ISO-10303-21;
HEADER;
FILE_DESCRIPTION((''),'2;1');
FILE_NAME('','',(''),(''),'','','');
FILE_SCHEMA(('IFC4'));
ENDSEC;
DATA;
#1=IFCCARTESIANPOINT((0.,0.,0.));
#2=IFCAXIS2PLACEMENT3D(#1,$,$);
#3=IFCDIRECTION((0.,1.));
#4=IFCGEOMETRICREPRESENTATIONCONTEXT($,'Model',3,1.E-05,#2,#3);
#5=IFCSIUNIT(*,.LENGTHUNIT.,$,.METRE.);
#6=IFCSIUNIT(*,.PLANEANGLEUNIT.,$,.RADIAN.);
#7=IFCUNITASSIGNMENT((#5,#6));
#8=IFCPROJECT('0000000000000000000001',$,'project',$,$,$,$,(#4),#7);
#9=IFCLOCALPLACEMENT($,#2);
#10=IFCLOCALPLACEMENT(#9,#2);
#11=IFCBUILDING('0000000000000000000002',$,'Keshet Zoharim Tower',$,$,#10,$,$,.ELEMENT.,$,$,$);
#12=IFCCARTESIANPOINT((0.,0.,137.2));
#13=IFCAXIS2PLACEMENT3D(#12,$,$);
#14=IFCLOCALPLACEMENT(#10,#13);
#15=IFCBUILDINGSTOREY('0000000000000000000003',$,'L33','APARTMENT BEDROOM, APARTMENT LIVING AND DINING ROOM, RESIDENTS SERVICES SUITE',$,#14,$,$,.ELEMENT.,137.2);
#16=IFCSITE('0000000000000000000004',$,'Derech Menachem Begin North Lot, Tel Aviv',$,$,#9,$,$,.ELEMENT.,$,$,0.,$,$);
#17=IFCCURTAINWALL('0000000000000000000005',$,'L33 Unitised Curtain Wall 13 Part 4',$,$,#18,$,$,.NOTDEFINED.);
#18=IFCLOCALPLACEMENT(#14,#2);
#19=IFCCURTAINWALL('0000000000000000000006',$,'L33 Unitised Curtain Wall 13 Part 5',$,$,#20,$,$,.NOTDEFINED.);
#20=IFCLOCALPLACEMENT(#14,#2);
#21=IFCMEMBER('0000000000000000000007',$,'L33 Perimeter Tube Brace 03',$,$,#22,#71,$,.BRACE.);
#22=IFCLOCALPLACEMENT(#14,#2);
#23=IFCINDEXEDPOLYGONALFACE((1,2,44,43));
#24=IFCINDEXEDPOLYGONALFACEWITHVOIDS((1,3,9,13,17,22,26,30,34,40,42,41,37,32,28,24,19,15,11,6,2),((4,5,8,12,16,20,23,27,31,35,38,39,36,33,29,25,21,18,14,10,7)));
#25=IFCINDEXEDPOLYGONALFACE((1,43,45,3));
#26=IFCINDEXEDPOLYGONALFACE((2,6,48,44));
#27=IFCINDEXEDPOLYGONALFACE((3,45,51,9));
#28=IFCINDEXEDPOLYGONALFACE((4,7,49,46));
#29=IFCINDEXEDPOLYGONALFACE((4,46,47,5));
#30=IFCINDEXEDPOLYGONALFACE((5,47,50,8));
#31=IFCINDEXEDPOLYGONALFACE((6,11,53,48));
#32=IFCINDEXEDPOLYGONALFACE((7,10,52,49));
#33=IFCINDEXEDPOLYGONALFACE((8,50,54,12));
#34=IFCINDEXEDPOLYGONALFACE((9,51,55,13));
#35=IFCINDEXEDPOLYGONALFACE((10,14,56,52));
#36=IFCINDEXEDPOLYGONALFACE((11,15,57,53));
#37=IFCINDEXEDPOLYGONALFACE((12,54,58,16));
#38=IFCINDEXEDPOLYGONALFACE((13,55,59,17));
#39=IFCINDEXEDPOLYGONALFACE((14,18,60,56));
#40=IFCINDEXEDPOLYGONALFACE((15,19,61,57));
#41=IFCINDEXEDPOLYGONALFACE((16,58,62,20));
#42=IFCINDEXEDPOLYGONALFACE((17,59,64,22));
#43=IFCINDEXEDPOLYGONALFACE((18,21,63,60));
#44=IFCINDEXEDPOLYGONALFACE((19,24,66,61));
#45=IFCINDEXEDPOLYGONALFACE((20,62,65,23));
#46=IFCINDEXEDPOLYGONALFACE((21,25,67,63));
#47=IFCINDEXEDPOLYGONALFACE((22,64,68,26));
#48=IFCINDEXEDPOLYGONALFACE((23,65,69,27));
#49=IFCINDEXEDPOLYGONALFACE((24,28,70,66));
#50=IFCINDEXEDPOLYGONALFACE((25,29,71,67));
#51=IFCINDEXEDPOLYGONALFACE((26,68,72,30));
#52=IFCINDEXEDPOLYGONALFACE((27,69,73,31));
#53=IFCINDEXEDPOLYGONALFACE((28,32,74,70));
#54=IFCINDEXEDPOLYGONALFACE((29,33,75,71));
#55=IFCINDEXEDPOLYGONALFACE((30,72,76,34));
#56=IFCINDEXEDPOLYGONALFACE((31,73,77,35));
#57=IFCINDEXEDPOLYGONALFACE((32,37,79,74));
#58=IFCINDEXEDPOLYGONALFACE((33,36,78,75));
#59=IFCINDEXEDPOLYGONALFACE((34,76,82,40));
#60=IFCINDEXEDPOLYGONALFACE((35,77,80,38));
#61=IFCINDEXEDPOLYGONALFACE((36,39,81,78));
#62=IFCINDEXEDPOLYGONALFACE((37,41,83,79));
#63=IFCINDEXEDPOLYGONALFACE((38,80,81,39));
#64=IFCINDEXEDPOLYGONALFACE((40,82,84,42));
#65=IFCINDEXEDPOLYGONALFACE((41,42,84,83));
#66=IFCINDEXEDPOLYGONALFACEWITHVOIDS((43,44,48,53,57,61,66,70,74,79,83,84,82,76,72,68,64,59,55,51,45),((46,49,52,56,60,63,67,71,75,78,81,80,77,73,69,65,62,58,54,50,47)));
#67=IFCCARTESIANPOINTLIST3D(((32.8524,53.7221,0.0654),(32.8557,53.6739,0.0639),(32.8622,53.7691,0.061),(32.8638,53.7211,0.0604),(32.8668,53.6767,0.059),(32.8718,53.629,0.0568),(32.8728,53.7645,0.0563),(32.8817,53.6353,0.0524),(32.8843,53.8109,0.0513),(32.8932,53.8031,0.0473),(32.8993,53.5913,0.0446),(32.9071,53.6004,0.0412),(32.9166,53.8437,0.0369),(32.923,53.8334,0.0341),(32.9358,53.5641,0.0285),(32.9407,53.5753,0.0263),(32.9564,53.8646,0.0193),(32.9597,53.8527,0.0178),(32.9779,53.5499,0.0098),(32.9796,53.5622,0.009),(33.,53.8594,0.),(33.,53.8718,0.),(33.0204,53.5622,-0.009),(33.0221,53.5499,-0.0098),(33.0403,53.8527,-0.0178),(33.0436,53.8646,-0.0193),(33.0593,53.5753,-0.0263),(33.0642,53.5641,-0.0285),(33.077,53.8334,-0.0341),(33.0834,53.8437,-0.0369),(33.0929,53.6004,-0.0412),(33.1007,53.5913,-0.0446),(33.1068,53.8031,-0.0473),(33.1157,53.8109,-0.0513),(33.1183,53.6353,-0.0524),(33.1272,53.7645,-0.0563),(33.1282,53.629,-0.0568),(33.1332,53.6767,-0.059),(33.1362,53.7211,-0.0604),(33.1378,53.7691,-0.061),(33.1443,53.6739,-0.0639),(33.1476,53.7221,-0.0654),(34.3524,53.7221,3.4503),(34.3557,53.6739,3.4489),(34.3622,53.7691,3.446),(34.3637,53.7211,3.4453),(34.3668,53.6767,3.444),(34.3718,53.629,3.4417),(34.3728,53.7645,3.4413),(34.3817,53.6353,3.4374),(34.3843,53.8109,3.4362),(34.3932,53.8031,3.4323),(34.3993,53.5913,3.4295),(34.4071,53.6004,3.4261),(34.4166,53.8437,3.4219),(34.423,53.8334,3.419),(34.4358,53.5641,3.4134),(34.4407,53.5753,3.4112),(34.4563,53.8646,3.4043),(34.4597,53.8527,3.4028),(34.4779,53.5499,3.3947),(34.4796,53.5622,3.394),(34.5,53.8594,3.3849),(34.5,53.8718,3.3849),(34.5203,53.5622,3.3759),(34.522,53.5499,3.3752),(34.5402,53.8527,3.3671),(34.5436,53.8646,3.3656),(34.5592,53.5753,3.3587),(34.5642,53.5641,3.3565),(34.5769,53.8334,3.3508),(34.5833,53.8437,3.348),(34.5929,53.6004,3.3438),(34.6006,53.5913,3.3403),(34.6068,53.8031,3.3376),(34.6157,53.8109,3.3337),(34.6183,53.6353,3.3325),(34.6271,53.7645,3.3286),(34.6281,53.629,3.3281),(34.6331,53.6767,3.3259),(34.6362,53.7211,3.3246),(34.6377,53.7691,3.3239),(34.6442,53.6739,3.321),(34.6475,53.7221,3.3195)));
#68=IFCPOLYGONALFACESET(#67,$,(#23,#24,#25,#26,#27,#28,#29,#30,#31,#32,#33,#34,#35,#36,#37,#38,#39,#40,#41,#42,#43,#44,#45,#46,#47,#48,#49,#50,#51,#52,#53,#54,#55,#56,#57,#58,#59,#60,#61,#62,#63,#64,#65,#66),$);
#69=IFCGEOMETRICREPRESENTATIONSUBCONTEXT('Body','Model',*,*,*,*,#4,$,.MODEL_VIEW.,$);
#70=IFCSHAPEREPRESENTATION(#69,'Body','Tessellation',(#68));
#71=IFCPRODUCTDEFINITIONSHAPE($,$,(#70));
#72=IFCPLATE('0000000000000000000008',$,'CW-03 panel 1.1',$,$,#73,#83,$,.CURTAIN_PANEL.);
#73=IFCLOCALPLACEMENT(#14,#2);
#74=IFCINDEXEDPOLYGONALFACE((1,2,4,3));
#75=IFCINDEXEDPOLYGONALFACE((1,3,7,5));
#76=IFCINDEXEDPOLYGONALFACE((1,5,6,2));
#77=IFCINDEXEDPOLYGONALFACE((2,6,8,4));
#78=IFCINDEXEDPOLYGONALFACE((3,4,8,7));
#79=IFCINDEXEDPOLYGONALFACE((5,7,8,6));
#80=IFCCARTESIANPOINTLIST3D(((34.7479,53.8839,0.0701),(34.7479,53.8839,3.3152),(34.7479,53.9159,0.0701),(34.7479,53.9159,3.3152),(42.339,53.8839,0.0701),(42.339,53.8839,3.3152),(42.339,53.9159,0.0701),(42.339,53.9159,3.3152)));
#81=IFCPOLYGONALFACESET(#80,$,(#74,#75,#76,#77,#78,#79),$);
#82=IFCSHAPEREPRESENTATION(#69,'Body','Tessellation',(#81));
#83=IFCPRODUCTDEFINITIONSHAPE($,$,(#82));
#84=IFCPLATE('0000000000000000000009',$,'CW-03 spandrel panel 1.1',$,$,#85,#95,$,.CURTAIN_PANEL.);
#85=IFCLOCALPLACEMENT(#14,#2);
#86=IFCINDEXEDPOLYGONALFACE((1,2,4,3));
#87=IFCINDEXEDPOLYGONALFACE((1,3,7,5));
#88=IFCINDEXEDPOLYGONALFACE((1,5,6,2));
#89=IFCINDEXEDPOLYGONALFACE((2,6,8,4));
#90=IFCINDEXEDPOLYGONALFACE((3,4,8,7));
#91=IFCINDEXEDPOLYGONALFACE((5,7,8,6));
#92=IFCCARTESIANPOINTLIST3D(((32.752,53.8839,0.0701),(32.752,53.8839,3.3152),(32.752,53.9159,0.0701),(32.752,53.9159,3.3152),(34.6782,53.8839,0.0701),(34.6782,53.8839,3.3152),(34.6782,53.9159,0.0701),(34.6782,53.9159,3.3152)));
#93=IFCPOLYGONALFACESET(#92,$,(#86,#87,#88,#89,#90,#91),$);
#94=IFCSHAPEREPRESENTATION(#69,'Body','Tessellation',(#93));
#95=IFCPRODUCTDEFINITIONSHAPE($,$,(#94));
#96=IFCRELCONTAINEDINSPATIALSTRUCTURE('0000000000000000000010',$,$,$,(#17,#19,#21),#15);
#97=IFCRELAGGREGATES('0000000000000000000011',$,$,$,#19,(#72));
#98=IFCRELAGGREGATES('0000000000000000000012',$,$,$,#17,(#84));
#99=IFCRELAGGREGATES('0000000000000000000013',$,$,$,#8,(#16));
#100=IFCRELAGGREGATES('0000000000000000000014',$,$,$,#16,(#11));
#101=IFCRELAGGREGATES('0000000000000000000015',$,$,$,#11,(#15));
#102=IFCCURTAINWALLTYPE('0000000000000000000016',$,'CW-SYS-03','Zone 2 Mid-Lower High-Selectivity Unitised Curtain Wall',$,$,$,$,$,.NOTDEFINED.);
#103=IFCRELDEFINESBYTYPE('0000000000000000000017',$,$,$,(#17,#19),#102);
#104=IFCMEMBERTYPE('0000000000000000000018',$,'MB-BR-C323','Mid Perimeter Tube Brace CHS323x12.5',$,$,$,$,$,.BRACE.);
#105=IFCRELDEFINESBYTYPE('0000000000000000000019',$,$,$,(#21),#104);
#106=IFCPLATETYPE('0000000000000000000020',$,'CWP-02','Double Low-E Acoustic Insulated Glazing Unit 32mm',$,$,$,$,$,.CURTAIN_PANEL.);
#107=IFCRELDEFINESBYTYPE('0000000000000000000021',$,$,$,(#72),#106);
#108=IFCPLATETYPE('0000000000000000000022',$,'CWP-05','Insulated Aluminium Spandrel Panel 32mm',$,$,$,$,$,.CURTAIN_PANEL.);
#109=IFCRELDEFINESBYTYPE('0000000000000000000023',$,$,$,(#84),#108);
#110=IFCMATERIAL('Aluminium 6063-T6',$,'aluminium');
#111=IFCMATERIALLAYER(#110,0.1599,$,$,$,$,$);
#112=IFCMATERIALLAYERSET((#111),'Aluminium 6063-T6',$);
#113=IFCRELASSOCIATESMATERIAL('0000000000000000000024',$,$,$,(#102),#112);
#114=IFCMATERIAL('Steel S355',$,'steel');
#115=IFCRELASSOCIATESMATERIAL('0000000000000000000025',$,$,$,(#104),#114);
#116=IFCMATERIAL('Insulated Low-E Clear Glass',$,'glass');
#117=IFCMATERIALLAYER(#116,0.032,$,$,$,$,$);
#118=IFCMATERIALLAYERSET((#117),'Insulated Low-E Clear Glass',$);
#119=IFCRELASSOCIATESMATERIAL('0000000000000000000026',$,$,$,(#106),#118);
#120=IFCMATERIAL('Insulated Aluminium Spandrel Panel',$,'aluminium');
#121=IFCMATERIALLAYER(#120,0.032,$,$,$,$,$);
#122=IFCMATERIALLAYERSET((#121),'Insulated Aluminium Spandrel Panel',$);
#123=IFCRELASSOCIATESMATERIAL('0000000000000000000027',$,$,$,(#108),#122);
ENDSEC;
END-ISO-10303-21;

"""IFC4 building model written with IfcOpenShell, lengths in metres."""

from ifc_helpers import new_model, si_unit, direction, frame, origin, origin_2d, place, context, subcontext, project, spatial, rectangle, hollow_circle, extrude, material, layer, layer_set, material_profile, profile_set, type_object, element, aggregate, save


model = new_model("IFC4")

# Units and contexts
model_context = context("Model", 3, precision=1e-05, world=origin(), true_north=direction((0.0, 1.0)))
body_context = subcontext(model_context, "Body", "Model", "MODEL_VIEW")
ifc_project = project(units=[si_unit("LENGTHUNIT", "METRE"), si_unit("PLANEANGLEUNIT", "RADIAN")], contexts=[model_context])

# Site, building, storey
site_placement = place(None, origin())
site = spatial("IfcSite", under=ifc_project, at=site_placement, Name="Derech Menachem Begin North Lot, Tel Aviv", CompositionType="ELEMENT", RefElevation=0.0)
building_placement = place(site_placement, origin())
building = spatial("IfcBuilding", under=site, at=building_placement, Name="Keshet Zoharim Tower", CompositionType="ELEMENT")
storey_placement = place(building_placement, frame((0.0, 0.0, 137.2)))
storey = spatial("IfcBuildingStorey", under=building, at=storey_placement, Name="L33", Description="APARTMENT BEDROOM, APARTMENT LIVING AND DINING ROOM, RESIDENTS SERVICES SUITE", CompositionType="ELEMENT", Elevation=137.2)

# Shared definitions
ifc_material_1 = material(Name="Steel S355", Category="steel")

# Curtain walls
ifc_material_2 = material(Name="Aluminium 6063-T6", Category="aluminium")
ifc_layer_1 = layer(ifc_material_2, 0.1599)
ifc_layer_set_1 = layer_set([ifc_layer_1], Name="Aluminium 6063-T6")
curtain_wall_type = type_object("IfcCurtainWallType", Name="CW-SYS-03", Description="Zone 2 Mid-Lower High-Selectivity Unitised Curtain Wall", PredefinedType="NOTDEFINED", material=ifc_layer_set_1)
curtain_wall_1_placement = place(storey_placement, origin())
curtain_wall_1 = element("IfcCurtainWall", 1, at=curtain_wall_1_placement, inside=storey, type_object=curtain_wall_type, Name="L33 Unitised Curtain Wall 13 Part 4", PredefinedType="NOTDEFINED")
curtain_wall_2_placement = place(storey_placement, origin())
curtain_wall_2 = element("IfcCurtainWall", 2, at=curtain_wall_2_placement, inside=storey, type_object=curtain_wall_type, Name="L33 Unitised Curtain Wall 13 Part 5", PredefinedType="NOTDEFINED")

# Member
ifc_material_profile_1 = material_profile(ifc_material_1, hollow_circle(Radius=0.1619, WallThickness=0.0125, at=origin_2d()), Name="CHS323x12.5")
ifc_profile_set_1 = profile_set([ifc_material_profile_1], Name="Steel S355")
member_type_1 = type_object("IfcMemberType", Name="MB-BR-C323", Description="Mid Perimeter Tube Brace CHS323x12.5", PredefinedType="BRACE", material=ifc_profile_set_1)
member_1_placement = place(storey_placement, frame((33.0, 53.71, 0.0), z_axis=(0.405135, 0.0, 0.914257), x_axis=(0.0, 1.0, 0.0)))
element("IfcMember", 3, at=member_1_placement, inside=storey, type_object=member_type_1, Name="L33 Perimeter Tube Brace 03", PredefinedType="BRACE", context=body_context, shape_type="SweptSolid", body=[
    extrude(hollow_circle(Radius=0.1619, WallThickness=0.0125, at=origin_2d()), origin(), (0.0, 0.0, 1.0), 3.7024),
])

# Plates
ifc_material_3 = material(Name="Insulated Low-E Clear Glass", Category="glass")
ifc_layer_2 = layer(ifc_material_3, 0.032)
ifc_layer_set_2 = layer_set([ifc_layer_2], Name="Insulated Low-E Clear Glass")
plate_type_1 = type_object("IfcPlateType", Name="CWP-02", Description="Double Low-E Acoustic Insulated Glazing Unit 32mm", PredefinedType="CURTAIN_PANEL", material=ifc_layer_set_2)
plate_1_placement = place(storey_placement, frame((38.5435, 53.8999, 0.0701), z_axis=(0.0, 0.0, 1.0), x_axis=(1.0, 0.0, 0.0)))
plate_1 = element("IfcPlate", 4, at=plate_1_placement, type_object=plate_type_1, Name="CW-03 panel 1.1", PredefinedType="CURTAIN_PANEL", context=body_context, shape_type="SweptSolid", body=[
    extrude(rectangle(XDim=7.5911, YDim=0.032, at=origin_2d()), origin(), (0.0, 0.0, 1.0), 3.2451),
])
aggregate(curtain_wall_2, [plate_1])
ifc_material_4 = material(Name="Insulated Aluminium Spandrel Panel", Category="aluminium")
ifc_layer_3 = layer(ifc_material_4, 0.032)
ifc_layer_set_3 = layer_set([ifc_layer_3], Name="Insulated Aluminium Spandrel Panel")
plate_type_2 = type_object("IfcPlateType", Name="CWP-05", Description="Insulated Aluminium Spandrel Panel 32mm", PredefinedType="CURTAIN_PANEL", material=ifc_layer_set_3)
plate_2_placement = place(storey_placement, frame((33.7151, 53.8999, 0.0701), z_axis=(0.0, 0.0, 1.0), x_axis=(1.0, 0.0, 0.0)))
plate_2 = element("IfcPlate", 5, at=plate_2_placement, type_object=plate_type_2, Name="CW-03 spandrel panel 1.1", PredefinedType="CURTAIN_PANEL", context=body_context, shape_type="SweptSolid", body=[
    extrude(rectangle(XDim=1.9263, YDim=0.032, at=origin_2d()), origin(), (0.0, 0.0, 1.0), 3.2451),
])
aggregate(curtain_wall_1, [plate_2])

save(model, "model.ifc")
